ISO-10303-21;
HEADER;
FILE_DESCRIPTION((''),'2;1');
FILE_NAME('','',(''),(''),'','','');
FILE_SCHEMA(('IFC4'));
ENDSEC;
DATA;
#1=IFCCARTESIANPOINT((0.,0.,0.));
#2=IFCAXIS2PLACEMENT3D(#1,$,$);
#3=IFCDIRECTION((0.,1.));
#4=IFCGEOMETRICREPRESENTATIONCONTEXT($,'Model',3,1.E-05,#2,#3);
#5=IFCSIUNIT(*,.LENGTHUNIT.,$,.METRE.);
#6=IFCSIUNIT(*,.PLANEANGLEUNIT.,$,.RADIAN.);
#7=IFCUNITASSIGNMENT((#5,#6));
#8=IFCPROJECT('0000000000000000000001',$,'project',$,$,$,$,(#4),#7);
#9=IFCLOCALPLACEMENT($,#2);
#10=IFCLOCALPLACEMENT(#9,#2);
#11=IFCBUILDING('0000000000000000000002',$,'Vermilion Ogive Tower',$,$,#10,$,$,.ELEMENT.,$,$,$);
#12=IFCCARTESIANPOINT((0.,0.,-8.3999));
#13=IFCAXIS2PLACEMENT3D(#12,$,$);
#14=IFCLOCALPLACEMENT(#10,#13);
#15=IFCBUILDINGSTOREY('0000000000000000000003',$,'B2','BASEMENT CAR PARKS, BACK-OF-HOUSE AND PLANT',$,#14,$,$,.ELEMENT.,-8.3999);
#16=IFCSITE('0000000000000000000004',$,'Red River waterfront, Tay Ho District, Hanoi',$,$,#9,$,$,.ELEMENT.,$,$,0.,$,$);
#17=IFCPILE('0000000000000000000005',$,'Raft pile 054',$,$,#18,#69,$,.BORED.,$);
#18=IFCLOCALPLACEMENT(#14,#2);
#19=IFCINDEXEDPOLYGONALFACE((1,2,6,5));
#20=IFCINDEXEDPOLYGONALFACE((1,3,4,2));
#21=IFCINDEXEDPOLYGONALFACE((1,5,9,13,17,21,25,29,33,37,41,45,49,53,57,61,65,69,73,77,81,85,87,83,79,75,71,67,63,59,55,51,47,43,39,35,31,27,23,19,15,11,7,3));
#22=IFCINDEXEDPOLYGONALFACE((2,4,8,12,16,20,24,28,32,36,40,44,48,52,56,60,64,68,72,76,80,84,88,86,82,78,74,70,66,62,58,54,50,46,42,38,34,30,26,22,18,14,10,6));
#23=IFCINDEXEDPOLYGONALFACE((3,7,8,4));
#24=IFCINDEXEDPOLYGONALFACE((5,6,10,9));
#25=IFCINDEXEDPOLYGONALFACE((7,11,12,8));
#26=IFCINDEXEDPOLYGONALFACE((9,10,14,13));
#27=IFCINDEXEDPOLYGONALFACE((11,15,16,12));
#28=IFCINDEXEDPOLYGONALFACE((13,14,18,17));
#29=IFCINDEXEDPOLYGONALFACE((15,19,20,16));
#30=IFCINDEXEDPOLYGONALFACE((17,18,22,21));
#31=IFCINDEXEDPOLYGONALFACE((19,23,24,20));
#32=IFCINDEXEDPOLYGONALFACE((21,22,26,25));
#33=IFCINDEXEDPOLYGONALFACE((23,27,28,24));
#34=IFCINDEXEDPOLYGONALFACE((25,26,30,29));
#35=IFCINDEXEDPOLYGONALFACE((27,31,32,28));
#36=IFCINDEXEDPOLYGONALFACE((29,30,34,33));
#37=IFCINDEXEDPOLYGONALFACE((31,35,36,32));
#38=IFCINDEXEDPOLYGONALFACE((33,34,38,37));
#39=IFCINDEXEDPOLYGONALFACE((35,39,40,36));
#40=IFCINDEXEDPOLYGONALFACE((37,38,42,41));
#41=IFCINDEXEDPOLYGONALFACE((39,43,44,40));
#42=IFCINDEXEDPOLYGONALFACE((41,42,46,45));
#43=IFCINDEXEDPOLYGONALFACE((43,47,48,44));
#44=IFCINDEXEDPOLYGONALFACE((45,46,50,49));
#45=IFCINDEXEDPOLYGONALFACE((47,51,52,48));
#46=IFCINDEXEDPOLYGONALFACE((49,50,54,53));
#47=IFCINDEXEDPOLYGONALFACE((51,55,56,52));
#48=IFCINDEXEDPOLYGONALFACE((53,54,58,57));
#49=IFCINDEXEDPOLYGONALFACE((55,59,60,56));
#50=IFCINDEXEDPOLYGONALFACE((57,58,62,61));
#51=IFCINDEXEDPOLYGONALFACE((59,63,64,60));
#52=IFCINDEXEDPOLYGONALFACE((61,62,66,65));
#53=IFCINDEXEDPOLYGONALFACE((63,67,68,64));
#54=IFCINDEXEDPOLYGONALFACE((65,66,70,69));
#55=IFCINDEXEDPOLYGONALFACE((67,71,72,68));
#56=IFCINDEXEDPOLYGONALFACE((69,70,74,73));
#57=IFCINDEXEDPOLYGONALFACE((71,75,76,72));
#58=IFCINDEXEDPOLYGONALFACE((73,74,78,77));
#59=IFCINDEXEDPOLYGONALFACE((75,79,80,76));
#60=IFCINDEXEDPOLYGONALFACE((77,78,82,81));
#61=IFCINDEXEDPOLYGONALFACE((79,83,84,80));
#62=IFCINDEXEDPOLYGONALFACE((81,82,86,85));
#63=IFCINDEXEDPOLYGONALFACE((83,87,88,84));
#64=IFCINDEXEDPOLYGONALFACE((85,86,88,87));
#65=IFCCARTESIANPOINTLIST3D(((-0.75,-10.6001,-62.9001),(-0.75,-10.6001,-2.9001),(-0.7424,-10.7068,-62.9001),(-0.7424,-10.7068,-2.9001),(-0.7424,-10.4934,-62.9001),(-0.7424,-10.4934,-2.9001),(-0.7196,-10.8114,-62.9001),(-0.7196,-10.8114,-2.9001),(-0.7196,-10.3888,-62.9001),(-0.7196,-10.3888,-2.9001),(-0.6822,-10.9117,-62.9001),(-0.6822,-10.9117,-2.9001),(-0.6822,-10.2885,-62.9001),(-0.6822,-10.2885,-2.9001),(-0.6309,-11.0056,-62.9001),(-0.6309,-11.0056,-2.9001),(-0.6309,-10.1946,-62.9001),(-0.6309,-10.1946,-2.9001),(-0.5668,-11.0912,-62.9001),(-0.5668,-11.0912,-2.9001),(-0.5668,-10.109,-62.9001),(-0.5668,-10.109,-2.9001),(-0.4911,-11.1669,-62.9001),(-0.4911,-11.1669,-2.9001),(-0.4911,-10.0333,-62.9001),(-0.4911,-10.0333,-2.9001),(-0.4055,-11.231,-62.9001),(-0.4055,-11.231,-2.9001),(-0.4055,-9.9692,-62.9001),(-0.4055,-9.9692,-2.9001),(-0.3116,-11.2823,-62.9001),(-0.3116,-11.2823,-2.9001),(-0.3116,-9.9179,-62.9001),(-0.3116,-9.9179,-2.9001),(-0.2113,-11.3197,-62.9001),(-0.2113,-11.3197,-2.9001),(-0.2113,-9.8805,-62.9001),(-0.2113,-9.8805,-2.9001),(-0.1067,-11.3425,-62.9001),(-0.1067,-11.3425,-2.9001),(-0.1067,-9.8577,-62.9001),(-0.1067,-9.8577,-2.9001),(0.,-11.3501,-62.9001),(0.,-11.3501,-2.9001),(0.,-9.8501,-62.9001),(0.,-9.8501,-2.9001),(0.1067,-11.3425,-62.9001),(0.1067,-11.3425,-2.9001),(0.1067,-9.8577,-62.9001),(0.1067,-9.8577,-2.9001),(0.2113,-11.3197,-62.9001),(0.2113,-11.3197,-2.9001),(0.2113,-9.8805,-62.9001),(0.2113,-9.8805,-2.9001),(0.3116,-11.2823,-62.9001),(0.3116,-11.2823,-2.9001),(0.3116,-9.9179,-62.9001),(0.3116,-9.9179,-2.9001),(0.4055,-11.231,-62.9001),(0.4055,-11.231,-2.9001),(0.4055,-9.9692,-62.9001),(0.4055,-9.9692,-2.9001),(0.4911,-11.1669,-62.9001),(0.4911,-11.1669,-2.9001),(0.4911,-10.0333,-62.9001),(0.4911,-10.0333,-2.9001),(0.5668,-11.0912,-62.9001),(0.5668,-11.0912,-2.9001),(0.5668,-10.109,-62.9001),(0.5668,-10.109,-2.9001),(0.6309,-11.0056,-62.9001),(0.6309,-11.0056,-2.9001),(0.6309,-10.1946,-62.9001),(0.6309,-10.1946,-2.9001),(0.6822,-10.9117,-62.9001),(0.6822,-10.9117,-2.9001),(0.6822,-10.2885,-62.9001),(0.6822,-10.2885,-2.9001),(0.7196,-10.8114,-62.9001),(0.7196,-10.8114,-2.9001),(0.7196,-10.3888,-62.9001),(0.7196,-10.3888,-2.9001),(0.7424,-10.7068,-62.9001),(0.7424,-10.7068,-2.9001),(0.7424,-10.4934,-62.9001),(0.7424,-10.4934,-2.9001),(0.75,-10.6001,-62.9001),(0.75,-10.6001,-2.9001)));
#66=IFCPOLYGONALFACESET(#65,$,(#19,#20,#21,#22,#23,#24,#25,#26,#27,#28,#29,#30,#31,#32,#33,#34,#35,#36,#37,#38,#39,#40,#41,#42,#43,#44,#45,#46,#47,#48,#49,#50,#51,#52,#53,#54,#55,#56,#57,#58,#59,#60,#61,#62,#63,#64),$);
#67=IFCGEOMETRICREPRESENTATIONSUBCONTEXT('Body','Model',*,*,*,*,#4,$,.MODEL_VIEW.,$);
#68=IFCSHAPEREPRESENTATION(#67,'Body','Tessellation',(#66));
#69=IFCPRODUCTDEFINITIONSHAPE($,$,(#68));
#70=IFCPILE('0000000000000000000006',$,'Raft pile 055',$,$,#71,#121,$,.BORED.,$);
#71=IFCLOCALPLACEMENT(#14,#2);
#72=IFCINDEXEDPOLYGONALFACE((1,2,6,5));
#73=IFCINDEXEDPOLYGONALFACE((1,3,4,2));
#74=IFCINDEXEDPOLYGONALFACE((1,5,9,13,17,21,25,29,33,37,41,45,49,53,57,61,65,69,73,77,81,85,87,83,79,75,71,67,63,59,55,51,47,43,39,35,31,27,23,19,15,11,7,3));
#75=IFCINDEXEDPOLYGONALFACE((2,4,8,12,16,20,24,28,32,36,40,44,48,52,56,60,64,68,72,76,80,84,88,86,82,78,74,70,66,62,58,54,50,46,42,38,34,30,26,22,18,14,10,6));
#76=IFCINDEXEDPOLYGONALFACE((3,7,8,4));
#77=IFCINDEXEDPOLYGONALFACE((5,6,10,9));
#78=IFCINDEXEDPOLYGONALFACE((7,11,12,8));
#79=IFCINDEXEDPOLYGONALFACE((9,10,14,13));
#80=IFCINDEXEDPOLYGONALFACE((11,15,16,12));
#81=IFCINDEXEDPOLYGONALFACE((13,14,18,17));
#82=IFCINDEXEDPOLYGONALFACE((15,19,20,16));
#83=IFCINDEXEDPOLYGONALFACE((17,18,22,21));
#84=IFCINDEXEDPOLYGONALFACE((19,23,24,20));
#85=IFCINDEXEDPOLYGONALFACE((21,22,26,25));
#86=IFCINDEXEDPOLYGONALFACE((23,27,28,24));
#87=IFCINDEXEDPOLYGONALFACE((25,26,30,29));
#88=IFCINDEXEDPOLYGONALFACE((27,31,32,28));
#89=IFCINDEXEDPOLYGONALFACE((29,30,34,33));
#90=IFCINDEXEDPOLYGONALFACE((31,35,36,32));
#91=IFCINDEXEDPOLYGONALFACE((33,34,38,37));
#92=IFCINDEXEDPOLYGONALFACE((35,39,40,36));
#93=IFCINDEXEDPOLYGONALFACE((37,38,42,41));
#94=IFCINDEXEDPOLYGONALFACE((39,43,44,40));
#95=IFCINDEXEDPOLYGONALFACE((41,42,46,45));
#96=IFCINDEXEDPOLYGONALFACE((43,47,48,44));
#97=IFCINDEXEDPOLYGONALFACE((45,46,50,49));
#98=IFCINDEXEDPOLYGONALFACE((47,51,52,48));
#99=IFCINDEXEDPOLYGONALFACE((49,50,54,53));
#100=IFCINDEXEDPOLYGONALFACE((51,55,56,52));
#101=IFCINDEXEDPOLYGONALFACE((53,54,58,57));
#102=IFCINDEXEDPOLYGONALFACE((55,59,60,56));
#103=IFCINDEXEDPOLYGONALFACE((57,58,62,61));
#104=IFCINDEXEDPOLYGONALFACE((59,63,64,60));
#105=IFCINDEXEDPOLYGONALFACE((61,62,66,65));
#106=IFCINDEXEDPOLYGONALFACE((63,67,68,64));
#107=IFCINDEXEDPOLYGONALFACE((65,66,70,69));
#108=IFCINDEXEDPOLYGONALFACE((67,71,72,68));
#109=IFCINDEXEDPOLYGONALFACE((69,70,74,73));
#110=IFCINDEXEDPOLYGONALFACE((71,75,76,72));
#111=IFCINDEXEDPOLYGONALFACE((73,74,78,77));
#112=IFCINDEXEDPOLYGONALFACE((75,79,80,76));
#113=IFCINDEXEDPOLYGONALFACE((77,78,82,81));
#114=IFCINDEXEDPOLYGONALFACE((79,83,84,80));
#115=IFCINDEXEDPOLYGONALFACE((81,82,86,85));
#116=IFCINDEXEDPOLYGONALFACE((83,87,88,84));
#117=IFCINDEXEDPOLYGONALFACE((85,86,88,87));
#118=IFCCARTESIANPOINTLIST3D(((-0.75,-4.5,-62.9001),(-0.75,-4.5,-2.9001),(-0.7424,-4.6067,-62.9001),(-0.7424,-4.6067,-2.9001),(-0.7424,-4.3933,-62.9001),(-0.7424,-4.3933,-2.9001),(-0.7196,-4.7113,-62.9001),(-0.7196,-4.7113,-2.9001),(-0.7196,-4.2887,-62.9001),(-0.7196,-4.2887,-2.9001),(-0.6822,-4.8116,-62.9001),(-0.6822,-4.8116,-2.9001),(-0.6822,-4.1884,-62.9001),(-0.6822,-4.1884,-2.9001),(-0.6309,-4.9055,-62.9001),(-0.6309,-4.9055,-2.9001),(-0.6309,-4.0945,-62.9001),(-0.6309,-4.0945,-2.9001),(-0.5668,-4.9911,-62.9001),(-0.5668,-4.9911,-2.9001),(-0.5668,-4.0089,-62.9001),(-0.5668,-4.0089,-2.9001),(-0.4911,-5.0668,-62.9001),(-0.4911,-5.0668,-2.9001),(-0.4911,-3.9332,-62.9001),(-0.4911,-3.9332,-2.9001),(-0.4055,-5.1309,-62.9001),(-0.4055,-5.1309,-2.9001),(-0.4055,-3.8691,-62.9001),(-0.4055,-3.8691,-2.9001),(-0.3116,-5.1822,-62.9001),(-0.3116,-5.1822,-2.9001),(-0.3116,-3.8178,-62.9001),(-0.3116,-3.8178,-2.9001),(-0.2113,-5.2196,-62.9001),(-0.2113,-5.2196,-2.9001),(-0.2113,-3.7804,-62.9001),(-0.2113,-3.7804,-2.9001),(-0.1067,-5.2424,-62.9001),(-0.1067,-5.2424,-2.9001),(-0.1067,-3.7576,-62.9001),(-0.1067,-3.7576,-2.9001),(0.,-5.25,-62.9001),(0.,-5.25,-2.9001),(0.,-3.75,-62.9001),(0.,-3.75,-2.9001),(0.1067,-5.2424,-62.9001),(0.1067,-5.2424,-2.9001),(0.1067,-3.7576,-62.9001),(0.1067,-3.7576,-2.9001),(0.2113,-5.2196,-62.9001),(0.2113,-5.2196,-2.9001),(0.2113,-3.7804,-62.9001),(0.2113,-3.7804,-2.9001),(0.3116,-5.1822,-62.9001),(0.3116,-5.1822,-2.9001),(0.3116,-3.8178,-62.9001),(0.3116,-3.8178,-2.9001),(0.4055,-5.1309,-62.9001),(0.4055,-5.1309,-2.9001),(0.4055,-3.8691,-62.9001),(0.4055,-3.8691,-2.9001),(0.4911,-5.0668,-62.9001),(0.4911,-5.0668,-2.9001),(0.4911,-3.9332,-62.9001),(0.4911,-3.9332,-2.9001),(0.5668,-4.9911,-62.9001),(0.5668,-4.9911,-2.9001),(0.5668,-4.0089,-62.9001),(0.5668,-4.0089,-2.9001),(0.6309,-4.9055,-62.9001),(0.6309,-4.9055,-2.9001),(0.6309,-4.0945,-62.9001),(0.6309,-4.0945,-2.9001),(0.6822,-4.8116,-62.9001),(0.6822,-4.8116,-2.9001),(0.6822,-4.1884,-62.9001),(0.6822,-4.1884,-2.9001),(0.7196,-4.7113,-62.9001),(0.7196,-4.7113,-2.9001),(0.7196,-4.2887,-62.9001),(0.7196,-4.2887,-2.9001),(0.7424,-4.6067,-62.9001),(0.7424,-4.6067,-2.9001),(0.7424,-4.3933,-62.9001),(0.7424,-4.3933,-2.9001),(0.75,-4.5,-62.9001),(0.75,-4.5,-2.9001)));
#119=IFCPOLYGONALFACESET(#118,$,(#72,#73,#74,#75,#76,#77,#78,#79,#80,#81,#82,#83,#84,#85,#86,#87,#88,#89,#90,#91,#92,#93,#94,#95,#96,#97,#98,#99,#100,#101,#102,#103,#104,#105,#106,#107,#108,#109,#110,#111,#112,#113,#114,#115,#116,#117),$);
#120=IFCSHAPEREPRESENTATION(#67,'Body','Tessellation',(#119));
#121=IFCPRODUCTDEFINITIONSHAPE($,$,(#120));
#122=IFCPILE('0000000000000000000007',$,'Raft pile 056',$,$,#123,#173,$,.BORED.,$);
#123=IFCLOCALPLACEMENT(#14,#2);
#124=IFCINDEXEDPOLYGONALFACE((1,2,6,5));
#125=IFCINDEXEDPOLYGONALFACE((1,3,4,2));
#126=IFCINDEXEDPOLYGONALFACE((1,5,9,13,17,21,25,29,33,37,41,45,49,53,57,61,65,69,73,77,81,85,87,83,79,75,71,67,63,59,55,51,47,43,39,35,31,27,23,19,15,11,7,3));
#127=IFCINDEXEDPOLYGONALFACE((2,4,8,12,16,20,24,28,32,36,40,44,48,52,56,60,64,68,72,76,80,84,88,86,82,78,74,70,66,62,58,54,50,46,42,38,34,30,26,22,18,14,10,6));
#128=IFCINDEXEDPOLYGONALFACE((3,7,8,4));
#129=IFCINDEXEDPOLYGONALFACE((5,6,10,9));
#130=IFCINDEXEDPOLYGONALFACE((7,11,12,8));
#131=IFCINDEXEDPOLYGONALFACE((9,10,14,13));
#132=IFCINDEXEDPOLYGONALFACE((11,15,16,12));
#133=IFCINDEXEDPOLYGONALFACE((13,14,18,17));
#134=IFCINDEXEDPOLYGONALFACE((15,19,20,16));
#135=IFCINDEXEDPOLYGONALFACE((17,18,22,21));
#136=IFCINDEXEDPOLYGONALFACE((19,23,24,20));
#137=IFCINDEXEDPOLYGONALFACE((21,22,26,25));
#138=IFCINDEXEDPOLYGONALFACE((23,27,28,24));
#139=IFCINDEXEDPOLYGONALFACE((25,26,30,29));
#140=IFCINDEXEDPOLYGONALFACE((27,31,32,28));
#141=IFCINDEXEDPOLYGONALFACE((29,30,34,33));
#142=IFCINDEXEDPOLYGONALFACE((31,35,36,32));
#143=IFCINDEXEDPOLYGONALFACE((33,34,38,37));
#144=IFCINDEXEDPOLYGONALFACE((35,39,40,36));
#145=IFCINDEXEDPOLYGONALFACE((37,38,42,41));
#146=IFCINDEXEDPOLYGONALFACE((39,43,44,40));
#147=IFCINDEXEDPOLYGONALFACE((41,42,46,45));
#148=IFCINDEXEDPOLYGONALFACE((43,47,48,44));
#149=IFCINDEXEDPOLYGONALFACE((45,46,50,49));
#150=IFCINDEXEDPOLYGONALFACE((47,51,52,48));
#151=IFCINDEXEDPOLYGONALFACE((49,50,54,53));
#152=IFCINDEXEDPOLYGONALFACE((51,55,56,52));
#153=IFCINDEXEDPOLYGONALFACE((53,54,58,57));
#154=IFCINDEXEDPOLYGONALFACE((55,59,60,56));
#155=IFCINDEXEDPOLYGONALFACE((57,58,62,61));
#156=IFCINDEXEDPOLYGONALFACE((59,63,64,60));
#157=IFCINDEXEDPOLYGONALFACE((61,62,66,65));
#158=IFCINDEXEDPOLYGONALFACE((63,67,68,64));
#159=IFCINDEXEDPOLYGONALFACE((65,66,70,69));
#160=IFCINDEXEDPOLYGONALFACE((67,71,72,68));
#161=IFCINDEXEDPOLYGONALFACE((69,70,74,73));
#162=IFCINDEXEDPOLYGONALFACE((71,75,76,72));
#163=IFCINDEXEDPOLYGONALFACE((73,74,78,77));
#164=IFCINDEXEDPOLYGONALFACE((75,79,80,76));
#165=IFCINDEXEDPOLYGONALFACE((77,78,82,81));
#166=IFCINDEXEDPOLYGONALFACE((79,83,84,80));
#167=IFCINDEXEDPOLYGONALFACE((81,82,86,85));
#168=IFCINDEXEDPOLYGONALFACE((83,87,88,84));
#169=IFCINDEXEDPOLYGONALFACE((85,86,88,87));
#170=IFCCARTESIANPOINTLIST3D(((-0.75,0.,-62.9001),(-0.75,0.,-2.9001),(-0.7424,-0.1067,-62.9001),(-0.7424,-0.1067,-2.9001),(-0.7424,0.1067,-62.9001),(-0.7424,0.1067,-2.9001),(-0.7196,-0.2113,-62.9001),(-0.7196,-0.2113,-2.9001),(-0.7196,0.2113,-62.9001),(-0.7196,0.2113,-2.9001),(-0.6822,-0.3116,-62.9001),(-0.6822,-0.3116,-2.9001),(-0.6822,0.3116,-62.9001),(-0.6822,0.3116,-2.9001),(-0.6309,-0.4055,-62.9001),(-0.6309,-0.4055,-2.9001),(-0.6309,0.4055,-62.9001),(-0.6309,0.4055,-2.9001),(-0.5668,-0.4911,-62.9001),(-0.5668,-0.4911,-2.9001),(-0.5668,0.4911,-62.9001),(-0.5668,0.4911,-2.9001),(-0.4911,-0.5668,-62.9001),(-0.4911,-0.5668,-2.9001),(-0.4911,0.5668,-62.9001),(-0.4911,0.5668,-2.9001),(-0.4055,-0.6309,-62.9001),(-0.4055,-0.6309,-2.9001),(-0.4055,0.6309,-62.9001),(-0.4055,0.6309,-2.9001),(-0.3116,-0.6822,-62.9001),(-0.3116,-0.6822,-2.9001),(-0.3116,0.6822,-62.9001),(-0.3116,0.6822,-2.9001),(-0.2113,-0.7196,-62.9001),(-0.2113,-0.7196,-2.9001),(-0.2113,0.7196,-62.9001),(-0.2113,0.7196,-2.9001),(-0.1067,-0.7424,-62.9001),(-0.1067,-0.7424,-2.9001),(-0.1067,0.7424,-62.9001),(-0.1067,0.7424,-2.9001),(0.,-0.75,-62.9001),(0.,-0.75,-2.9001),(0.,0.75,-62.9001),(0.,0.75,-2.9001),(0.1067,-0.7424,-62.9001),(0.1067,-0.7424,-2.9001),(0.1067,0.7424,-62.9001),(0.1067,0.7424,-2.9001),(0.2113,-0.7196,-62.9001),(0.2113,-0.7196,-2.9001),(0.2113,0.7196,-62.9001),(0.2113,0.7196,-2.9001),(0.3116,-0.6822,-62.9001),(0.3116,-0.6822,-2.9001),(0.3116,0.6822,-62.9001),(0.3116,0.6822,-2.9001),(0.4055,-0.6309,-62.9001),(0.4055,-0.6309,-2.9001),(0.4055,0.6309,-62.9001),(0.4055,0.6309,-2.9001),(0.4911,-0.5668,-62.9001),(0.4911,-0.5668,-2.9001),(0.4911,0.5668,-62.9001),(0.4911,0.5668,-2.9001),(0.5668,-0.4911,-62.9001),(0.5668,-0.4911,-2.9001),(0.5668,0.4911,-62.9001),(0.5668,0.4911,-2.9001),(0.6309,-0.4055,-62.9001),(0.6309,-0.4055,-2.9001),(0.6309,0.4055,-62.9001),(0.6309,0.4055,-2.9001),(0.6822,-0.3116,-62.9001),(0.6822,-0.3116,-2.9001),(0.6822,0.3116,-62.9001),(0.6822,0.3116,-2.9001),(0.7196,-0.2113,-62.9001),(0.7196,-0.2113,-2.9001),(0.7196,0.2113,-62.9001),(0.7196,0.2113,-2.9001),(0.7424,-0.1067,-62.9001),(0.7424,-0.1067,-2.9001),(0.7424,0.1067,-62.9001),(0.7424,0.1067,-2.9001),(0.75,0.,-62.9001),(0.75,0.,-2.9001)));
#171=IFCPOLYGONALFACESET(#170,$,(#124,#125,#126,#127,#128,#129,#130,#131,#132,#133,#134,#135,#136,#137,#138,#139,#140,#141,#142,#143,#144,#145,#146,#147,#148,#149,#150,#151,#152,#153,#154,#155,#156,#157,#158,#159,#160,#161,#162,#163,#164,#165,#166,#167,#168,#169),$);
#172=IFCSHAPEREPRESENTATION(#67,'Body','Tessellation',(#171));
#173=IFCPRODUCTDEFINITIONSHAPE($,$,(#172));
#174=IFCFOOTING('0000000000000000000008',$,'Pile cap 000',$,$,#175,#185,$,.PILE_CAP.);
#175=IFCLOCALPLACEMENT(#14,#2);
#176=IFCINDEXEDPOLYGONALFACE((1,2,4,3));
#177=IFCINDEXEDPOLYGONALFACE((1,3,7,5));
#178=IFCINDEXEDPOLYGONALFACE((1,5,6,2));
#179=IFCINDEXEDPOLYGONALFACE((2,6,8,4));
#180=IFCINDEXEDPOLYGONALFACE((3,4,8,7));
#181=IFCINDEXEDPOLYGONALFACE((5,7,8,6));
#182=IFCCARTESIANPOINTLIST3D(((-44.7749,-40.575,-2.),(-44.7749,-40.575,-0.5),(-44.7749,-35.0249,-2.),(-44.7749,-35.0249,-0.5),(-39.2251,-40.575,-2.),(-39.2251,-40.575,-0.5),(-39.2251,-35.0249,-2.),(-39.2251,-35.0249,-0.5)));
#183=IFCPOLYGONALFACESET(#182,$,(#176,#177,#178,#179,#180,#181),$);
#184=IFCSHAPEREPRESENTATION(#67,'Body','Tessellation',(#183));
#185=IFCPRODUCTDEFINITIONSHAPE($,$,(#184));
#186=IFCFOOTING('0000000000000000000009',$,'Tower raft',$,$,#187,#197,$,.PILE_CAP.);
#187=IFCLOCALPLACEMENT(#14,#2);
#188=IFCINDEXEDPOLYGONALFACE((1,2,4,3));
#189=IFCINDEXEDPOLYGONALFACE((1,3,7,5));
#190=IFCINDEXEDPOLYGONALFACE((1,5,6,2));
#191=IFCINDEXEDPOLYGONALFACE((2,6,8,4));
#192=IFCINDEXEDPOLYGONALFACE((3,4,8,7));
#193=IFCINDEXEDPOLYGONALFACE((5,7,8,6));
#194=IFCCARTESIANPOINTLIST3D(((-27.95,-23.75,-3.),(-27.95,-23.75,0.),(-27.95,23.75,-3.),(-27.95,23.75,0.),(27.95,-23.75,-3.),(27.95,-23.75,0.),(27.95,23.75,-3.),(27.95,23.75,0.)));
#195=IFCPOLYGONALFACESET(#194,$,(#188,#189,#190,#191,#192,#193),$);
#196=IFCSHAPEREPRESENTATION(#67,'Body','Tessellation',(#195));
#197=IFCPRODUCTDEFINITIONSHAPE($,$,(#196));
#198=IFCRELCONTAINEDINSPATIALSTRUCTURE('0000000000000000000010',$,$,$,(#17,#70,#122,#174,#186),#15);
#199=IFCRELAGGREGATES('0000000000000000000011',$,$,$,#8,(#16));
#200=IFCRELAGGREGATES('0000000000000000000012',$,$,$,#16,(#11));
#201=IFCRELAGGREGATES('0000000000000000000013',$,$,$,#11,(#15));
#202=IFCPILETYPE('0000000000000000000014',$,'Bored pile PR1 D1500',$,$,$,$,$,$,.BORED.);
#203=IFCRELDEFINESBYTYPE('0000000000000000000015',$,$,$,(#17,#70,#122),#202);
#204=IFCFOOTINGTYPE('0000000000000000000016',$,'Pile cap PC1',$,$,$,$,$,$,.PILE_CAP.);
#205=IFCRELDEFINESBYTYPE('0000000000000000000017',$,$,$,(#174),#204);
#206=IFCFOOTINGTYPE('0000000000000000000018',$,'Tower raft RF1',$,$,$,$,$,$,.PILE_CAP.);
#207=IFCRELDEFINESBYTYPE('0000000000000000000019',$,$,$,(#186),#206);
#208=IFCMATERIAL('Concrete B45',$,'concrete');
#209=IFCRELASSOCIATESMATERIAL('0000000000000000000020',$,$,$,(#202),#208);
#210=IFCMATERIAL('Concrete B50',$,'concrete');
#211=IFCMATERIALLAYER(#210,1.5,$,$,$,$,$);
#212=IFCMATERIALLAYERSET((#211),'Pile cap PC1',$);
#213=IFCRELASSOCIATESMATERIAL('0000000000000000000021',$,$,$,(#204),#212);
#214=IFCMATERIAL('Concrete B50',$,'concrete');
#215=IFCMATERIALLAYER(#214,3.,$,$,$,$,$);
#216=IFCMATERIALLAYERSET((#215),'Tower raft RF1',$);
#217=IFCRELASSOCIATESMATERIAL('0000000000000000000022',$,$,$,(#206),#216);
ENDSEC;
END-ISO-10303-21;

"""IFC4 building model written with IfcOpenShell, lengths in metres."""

from ifc_helpers import new_model, si_unit, direction, frame, origin, origin_2d, place, context, subcontext, project, spatial, polyline, circle, outline, extrude, material, layer, layer_set, type_object, element, save


model = new_model("IFC4")

# Units and contexts
model_context = context("Model", 3, precision=1e-05, world=origin(), true_north=direction((0.0, 1.0)))
body_context = subcontext(model_context, "Body", "Model", "MODEL_VIEW")
ifc_project = project(units=[si_unit("LENGTHUNIT", "METRE"), si_unit("PLANEANGLEUNIT", "RADIAN")], contexts=[model_context])

# Site, building, storey
site_placement = place(None, origin())
site = spatial("IfcSite", under=ifc_project, at=site_placement, Name="Red River waterfront, Tay Ho District, Hanoi", CompositionType="ELEMENT", RefElevation=0.0)
building_placement = place(site_placement, origin())
building = spatial("IfcBuilding", under=site, at=building_placement, Name="Vermilion Ogive Tower", CompositionType="ELEMENT")
storey_placement = place(building_placement, frame((0.0, 0.0, -8.3999)))
storey = spatial("IfcBuildingStorey", under=building, at=storey_placement, Name="B2", Description="BASEMENT CAR PARKS, BACK-OF-HOUSE AND PLANT", CompositionType="ELEMENT", Elevation=-8.3999)

# Piles
ifc_material_1 = material(Name="Concrete B45", Category="concrete")
pile_type = type_object("IfcPileType", Name="Bored pile PR1 D1500", PredefinedType="BORED", material=ifc_material_1)
for number, where, z_axis, x_axis, name in (
    (1, (0.0, -10.6001, -2.9001), (0.0, 0.0, -1.0), (1.0, 0.0, 0.0), "Raft pile 054"),
    (2, (0.0, -4.5, -2.9001), (0.0, 0.0, -1.0), (1.0, 0.0, 0.0), "Raft pile 055"),
    (3, (0.0, 0.0, -2.9001), (0.0, 0.0, -1.0), (1.0, 0.0, 0.0), "Raft pile 056"),
):
    element("IfcPile", number, at=place(storey_placement, frame(where, z_axis=z_axis, x_axis=x_axis)), inside=storey, type_object=pile_type, Name=name, PredefinedType="BORED", context=body_context, shape_type="SweptSolid", body=[
        extrude(circle(Radius=0.75, at=origin_2d()), origin(), (0.0, 0.0, 1.0), 60.0),
    ])

# Footings
ifc_material_2 = material(Name="Concrete B50", Category="concrete")
ifc_layer_1 = layer(ifc_material_2, 1.5)
ifc_layer_set_1 = layer_set([ifc_layer_1], Name="Pile cap PC1")
footing_type_1 = type_object("IfcFootingType", Name="Pile cap PC1", PredefinedType="PILE_CAP", material=ifc_layer_set_1)
footing_1_placement = place(storey_placement, frame((0.0, 0.0, -2.0)))
element("IfcFooting", 4, at=footing_1_placement, inside=storey, type_object=footing_type_1, Name="Pile cap 000", PredefinedType="PILE_CAP", context=body_context, shape_type="SweptSolid", body=[
    extrude(outline(polyline([(-44.7749, -40.575), (-39.2251, -40.575), (-39.2251, -35.0249), (-44.7749, -35.0249), (-44.7749, -40.575)])), origin(), (0.0, 0.0, 1.0), 1.5),
])
ifc_material_3 = material(Name="Concrete B50", Category="concrete")
ifc_layer_2 = layer(ifc_material_3, 3.0)
ifc_layer_set_2 = layer_set([ifc_layer_2], Name="Tower raft RF1")
footing_type_2 = type_object("IfcFootingType", Name="Tower raft RF1", PredefinedType="PILE_CAP", material=ifc_layer_set_2)
footing_2_placement = place(storey_placement, frame((0.0, 0.0, -3.0)))
element("IfcFooting", 5, at=footing_2_placement, inside=storey, type_object=footing_type_2, Name="Tower raft", PredefinedType="PILE_CAP", context=body_context, shape_type="SweptSolid", body=[
    extrude(outline(polyline([(-27.95, -23.75), (27.95, -23.75), (27.95, 23.75), (-27.95, 23.75), (-27.95, -23.75)])), origin(), (0.0, 0.0, 1.0), 3.0),
])

save(model, "model.ifc")
